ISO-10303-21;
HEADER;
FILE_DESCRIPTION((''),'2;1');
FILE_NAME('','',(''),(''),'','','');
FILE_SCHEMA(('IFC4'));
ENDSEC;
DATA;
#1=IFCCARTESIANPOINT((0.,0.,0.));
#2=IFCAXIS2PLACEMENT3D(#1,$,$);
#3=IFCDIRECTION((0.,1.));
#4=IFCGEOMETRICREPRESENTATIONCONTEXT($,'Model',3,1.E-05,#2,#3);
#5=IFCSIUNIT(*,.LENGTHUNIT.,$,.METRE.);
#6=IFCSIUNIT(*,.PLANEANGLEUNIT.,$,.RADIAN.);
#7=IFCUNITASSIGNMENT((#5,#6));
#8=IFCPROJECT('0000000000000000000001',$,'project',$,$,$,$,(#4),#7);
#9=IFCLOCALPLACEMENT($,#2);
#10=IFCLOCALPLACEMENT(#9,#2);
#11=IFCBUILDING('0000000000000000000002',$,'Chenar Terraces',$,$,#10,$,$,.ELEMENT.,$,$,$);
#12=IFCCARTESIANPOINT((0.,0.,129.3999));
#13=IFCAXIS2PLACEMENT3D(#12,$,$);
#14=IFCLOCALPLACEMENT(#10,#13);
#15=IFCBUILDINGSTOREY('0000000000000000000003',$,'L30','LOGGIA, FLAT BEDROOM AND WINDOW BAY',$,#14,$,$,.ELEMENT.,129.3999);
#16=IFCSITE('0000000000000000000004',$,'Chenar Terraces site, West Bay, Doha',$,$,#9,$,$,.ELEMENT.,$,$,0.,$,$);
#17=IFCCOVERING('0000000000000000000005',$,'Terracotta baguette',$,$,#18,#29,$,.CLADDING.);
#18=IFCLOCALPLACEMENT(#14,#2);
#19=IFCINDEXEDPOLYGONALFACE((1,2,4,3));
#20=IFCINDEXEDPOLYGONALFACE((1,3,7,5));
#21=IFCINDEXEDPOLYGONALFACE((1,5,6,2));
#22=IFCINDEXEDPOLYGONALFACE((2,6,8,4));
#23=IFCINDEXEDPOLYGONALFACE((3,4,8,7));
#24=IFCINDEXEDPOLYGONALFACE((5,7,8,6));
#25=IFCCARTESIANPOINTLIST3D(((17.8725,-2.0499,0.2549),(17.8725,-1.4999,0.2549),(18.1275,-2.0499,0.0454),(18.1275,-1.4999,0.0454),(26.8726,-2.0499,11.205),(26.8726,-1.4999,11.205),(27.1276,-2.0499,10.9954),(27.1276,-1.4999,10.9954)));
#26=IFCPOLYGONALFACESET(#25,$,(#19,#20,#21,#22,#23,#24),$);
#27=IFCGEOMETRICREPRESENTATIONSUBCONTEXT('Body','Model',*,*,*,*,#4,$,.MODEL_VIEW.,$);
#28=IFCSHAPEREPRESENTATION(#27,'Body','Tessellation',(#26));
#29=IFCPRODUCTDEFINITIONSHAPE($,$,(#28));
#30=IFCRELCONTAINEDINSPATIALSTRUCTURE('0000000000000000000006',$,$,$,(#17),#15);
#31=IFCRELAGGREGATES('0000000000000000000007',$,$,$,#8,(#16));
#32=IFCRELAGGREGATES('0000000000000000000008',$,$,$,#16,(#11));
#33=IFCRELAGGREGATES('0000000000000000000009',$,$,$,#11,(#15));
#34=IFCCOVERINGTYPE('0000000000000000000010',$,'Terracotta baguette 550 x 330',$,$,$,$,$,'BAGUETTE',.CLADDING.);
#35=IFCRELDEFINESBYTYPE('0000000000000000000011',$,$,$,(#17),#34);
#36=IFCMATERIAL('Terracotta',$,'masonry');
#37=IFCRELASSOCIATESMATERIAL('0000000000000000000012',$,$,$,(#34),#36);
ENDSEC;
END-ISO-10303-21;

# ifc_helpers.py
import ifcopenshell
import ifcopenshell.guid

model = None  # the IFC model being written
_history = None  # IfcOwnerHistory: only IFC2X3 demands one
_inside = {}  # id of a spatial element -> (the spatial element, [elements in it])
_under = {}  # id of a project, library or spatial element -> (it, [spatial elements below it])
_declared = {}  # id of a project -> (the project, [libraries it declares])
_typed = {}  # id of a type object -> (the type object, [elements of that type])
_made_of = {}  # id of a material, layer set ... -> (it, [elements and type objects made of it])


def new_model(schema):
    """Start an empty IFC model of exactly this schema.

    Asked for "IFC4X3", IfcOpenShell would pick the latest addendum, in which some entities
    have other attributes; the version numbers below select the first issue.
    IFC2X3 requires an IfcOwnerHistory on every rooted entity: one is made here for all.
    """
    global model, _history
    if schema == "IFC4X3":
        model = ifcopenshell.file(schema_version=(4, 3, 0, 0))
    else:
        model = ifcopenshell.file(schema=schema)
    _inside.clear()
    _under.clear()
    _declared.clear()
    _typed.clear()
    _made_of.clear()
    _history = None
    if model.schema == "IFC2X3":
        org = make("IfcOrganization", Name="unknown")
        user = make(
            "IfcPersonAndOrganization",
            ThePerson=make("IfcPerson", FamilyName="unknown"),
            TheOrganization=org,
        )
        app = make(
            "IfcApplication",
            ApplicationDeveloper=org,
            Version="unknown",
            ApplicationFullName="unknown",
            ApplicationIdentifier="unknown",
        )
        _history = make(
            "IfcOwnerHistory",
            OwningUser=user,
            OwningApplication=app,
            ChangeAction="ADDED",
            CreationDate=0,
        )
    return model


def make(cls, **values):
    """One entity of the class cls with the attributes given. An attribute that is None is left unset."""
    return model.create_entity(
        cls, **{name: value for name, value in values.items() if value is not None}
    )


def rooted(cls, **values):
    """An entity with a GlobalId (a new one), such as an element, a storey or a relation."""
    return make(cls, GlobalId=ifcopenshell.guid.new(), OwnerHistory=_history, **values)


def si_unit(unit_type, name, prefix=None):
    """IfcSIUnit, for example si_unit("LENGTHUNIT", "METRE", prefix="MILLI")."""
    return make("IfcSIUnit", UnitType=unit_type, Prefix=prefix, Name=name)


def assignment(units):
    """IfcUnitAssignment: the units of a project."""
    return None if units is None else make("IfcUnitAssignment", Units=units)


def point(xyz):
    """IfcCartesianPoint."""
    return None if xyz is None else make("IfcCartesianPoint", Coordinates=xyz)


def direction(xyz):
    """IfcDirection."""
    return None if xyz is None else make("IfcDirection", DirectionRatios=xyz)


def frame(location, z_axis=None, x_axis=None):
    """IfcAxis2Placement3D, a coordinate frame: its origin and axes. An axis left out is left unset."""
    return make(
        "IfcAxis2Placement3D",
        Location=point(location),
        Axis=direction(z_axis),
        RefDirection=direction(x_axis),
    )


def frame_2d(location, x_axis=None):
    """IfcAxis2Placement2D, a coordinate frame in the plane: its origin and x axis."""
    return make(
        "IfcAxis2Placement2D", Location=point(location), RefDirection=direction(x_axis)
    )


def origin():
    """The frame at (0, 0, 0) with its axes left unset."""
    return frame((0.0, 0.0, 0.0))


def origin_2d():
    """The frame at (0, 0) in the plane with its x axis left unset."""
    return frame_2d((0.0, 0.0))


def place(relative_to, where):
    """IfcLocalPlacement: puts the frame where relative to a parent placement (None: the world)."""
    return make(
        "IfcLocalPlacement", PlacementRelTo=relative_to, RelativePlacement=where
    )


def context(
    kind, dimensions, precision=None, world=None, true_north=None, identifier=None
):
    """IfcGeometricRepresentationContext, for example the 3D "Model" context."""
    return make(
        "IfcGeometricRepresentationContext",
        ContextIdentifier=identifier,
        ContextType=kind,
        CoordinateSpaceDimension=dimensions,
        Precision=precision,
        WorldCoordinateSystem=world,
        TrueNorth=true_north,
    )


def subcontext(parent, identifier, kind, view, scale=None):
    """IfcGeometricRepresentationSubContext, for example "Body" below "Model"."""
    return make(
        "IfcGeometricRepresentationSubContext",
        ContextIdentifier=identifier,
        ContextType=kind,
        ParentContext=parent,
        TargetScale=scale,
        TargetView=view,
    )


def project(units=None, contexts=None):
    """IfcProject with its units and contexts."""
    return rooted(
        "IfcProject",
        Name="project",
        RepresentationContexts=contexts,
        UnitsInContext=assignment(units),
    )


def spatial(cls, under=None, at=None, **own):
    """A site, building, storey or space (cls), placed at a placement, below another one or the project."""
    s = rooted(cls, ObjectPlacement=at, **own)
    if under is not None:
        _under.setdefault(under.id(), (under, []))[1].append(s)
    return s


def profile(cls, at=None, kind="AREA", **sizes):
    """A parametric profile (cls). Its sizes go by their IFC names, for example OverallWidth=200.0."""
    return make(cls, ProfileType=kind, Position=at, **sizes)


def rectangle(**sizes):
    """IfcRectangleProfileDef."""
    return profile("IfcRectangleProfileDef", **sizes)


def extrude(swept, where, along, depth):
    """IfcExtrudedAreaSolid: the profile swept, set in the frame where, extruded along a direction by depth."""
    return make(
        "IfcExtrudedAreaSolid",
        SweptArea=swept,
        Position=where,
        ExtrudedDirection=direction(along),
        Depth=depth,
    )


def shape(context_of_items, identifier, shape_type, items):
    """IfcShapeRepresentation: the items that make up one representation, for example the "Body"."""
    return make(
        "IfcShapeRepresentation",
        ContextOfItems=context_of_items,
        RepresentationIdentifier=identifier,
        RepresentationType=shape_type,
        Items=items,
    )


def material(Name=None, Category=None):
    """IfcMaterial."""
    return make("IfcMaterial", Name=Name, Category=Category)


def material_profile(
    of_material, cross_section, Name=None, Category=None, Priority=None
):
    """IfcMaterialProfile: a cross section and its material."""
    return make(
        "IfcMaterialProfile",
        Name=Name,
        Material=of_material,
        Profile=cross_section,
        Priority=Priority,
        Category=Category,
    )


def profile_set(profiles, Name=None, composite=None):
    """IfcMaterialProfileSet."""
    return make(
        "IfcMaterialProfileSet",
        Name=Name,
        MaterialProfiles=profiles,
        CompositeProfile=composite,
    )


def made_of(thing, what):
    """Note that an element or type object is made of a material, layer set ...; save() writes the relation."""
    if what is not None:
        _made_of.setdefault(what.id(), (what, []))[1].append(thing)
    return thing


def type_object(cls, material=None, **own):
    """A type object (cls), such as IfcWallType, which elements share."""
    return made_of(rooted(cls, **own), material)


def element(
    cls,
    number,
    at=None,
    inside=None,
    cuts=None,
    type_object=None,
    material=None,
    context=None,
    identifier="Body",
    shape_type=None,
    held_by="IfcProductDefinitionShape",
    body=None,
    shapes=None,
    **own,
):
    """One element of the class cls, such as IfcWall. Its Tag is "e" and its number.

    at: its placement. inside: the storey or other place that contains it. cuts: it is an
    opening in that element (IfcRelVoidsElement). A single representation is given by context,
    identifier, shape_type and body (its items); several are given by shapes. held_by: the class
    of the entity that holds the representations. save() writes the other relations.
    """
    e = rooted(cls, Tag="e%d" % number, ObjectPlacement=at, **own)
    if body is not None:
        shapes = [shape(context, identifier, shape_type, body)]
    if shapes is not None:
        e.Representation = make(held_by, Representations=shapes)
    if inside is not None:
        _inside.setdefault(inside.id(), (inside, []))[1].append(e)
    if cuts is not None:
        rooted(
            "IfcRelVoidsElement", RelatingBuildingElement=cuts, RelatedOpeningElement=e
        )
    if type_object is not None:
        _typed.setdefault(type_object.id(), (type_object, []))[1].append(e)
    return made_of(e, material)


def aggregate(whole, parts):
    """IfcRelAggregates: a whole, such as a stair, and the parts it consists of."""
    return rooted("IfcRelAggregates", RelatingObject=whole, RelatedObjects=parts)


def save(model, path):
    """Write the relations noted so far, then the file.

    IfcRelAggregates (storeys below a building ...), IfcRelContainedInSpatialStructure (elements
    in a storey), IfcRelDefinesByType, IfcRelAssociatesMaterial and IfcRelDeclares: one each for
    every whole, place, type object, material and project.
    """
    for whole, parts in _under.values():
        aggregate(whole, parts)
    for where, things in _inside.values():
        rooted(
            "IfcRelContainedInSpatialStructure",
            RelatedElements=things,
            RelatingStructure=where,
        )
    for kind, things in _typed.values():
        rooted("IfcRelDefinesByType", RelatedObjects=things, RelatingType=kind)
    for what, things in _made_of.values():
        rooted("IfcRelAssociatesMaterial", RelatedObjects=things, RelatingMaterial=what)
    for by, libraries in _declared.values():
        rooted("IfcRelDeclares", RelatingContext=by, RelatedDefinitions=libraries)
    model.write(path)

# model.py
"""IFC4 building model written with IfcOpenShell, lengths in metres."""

from ifc_helpers import new_model, si_unit, direction, frame, origin, origin_2d, place, context, subcontext, project, spatial, rectangle, extrude, material, material_profile, profile_set, type_object, element, save


model = new_model("IFC4")

# Units and contexts
model_context = context("Model", 3, precision=1e-05, world=origin(), true_north=direction((0.0, 1.0)))
body_context = subcontext(model_context, "Body", "Model", "MODEL_VIEW")
ifc_project = project(units=[si_unit("LENGTHUNIT", "METRE"), si_unit("PLANEANGLEUNIT", "RADIAN")], contexts=[model_context])

# Site, building, storey
site_placement = place(None, origin())
site = spatial("IfcSite", under=ifc_project, at=site_placement, Name="Chenar Terraces site, West Bay, Doha", CompositionType="ELEMENT", RefElevation=0.0)
building_placement = place(site_placement, origin())
building = spatial("IfcBuilding", under=site, at=building_placement, Name="Chenar Terraces", CompositionType="ELEMENT")
storey_placement = place(building_placement, frame((0.0, 0.0, 129.3999)))
storey = spatial("IfcBuildingStorey", under=building, at=storey_placement, Name="L30", Description="LOGGIA, FLAT BEDROOM AND WINDOW BAY", CompositionType="ELEMENT", Elevation=129.3999)

# Covering
ifc_material_1 = material(Name="Terracotta", Category="masonry")
ifc_material_profile_1 = material_profile(ifc_material_1, rectangle(XDim=0.55, YDim=0.3301, at=origin_2d()), Name="Terracotta baguette 550 x 330")
ifc_profile_set_1 = profile_set([ifc_material_profile_1], Name="Terracotta")
covering_type = type_object("IfcCoveringType", Name="Terracotta baguette 550 x 330", ElementType="BAGUETTE", PredefinedType="CLADDING", material=ifc_profile_set_1)
covering_placement = place(storey_placement, frame((18.0, -1.7749, 0.1501), z_axis=(0.634967, 0.0, 0.772539), x_axis=(0.0, 1.0, 0.0)))
element("IfcCovering", 1, at=covering_placement, inside=storey, type_object=covering_type, Name="Terracotta baguette", PredefinedType="CLADDING", context=body_context, shape_type="SweptSolid", body=[
    extrude(rectangle(XDim=0.55, YDim=0.3301, at=origin_2d()), origin(), (0.0, 0.0, 1.0), 14.1741),
])

save(model, "model.ifc")
